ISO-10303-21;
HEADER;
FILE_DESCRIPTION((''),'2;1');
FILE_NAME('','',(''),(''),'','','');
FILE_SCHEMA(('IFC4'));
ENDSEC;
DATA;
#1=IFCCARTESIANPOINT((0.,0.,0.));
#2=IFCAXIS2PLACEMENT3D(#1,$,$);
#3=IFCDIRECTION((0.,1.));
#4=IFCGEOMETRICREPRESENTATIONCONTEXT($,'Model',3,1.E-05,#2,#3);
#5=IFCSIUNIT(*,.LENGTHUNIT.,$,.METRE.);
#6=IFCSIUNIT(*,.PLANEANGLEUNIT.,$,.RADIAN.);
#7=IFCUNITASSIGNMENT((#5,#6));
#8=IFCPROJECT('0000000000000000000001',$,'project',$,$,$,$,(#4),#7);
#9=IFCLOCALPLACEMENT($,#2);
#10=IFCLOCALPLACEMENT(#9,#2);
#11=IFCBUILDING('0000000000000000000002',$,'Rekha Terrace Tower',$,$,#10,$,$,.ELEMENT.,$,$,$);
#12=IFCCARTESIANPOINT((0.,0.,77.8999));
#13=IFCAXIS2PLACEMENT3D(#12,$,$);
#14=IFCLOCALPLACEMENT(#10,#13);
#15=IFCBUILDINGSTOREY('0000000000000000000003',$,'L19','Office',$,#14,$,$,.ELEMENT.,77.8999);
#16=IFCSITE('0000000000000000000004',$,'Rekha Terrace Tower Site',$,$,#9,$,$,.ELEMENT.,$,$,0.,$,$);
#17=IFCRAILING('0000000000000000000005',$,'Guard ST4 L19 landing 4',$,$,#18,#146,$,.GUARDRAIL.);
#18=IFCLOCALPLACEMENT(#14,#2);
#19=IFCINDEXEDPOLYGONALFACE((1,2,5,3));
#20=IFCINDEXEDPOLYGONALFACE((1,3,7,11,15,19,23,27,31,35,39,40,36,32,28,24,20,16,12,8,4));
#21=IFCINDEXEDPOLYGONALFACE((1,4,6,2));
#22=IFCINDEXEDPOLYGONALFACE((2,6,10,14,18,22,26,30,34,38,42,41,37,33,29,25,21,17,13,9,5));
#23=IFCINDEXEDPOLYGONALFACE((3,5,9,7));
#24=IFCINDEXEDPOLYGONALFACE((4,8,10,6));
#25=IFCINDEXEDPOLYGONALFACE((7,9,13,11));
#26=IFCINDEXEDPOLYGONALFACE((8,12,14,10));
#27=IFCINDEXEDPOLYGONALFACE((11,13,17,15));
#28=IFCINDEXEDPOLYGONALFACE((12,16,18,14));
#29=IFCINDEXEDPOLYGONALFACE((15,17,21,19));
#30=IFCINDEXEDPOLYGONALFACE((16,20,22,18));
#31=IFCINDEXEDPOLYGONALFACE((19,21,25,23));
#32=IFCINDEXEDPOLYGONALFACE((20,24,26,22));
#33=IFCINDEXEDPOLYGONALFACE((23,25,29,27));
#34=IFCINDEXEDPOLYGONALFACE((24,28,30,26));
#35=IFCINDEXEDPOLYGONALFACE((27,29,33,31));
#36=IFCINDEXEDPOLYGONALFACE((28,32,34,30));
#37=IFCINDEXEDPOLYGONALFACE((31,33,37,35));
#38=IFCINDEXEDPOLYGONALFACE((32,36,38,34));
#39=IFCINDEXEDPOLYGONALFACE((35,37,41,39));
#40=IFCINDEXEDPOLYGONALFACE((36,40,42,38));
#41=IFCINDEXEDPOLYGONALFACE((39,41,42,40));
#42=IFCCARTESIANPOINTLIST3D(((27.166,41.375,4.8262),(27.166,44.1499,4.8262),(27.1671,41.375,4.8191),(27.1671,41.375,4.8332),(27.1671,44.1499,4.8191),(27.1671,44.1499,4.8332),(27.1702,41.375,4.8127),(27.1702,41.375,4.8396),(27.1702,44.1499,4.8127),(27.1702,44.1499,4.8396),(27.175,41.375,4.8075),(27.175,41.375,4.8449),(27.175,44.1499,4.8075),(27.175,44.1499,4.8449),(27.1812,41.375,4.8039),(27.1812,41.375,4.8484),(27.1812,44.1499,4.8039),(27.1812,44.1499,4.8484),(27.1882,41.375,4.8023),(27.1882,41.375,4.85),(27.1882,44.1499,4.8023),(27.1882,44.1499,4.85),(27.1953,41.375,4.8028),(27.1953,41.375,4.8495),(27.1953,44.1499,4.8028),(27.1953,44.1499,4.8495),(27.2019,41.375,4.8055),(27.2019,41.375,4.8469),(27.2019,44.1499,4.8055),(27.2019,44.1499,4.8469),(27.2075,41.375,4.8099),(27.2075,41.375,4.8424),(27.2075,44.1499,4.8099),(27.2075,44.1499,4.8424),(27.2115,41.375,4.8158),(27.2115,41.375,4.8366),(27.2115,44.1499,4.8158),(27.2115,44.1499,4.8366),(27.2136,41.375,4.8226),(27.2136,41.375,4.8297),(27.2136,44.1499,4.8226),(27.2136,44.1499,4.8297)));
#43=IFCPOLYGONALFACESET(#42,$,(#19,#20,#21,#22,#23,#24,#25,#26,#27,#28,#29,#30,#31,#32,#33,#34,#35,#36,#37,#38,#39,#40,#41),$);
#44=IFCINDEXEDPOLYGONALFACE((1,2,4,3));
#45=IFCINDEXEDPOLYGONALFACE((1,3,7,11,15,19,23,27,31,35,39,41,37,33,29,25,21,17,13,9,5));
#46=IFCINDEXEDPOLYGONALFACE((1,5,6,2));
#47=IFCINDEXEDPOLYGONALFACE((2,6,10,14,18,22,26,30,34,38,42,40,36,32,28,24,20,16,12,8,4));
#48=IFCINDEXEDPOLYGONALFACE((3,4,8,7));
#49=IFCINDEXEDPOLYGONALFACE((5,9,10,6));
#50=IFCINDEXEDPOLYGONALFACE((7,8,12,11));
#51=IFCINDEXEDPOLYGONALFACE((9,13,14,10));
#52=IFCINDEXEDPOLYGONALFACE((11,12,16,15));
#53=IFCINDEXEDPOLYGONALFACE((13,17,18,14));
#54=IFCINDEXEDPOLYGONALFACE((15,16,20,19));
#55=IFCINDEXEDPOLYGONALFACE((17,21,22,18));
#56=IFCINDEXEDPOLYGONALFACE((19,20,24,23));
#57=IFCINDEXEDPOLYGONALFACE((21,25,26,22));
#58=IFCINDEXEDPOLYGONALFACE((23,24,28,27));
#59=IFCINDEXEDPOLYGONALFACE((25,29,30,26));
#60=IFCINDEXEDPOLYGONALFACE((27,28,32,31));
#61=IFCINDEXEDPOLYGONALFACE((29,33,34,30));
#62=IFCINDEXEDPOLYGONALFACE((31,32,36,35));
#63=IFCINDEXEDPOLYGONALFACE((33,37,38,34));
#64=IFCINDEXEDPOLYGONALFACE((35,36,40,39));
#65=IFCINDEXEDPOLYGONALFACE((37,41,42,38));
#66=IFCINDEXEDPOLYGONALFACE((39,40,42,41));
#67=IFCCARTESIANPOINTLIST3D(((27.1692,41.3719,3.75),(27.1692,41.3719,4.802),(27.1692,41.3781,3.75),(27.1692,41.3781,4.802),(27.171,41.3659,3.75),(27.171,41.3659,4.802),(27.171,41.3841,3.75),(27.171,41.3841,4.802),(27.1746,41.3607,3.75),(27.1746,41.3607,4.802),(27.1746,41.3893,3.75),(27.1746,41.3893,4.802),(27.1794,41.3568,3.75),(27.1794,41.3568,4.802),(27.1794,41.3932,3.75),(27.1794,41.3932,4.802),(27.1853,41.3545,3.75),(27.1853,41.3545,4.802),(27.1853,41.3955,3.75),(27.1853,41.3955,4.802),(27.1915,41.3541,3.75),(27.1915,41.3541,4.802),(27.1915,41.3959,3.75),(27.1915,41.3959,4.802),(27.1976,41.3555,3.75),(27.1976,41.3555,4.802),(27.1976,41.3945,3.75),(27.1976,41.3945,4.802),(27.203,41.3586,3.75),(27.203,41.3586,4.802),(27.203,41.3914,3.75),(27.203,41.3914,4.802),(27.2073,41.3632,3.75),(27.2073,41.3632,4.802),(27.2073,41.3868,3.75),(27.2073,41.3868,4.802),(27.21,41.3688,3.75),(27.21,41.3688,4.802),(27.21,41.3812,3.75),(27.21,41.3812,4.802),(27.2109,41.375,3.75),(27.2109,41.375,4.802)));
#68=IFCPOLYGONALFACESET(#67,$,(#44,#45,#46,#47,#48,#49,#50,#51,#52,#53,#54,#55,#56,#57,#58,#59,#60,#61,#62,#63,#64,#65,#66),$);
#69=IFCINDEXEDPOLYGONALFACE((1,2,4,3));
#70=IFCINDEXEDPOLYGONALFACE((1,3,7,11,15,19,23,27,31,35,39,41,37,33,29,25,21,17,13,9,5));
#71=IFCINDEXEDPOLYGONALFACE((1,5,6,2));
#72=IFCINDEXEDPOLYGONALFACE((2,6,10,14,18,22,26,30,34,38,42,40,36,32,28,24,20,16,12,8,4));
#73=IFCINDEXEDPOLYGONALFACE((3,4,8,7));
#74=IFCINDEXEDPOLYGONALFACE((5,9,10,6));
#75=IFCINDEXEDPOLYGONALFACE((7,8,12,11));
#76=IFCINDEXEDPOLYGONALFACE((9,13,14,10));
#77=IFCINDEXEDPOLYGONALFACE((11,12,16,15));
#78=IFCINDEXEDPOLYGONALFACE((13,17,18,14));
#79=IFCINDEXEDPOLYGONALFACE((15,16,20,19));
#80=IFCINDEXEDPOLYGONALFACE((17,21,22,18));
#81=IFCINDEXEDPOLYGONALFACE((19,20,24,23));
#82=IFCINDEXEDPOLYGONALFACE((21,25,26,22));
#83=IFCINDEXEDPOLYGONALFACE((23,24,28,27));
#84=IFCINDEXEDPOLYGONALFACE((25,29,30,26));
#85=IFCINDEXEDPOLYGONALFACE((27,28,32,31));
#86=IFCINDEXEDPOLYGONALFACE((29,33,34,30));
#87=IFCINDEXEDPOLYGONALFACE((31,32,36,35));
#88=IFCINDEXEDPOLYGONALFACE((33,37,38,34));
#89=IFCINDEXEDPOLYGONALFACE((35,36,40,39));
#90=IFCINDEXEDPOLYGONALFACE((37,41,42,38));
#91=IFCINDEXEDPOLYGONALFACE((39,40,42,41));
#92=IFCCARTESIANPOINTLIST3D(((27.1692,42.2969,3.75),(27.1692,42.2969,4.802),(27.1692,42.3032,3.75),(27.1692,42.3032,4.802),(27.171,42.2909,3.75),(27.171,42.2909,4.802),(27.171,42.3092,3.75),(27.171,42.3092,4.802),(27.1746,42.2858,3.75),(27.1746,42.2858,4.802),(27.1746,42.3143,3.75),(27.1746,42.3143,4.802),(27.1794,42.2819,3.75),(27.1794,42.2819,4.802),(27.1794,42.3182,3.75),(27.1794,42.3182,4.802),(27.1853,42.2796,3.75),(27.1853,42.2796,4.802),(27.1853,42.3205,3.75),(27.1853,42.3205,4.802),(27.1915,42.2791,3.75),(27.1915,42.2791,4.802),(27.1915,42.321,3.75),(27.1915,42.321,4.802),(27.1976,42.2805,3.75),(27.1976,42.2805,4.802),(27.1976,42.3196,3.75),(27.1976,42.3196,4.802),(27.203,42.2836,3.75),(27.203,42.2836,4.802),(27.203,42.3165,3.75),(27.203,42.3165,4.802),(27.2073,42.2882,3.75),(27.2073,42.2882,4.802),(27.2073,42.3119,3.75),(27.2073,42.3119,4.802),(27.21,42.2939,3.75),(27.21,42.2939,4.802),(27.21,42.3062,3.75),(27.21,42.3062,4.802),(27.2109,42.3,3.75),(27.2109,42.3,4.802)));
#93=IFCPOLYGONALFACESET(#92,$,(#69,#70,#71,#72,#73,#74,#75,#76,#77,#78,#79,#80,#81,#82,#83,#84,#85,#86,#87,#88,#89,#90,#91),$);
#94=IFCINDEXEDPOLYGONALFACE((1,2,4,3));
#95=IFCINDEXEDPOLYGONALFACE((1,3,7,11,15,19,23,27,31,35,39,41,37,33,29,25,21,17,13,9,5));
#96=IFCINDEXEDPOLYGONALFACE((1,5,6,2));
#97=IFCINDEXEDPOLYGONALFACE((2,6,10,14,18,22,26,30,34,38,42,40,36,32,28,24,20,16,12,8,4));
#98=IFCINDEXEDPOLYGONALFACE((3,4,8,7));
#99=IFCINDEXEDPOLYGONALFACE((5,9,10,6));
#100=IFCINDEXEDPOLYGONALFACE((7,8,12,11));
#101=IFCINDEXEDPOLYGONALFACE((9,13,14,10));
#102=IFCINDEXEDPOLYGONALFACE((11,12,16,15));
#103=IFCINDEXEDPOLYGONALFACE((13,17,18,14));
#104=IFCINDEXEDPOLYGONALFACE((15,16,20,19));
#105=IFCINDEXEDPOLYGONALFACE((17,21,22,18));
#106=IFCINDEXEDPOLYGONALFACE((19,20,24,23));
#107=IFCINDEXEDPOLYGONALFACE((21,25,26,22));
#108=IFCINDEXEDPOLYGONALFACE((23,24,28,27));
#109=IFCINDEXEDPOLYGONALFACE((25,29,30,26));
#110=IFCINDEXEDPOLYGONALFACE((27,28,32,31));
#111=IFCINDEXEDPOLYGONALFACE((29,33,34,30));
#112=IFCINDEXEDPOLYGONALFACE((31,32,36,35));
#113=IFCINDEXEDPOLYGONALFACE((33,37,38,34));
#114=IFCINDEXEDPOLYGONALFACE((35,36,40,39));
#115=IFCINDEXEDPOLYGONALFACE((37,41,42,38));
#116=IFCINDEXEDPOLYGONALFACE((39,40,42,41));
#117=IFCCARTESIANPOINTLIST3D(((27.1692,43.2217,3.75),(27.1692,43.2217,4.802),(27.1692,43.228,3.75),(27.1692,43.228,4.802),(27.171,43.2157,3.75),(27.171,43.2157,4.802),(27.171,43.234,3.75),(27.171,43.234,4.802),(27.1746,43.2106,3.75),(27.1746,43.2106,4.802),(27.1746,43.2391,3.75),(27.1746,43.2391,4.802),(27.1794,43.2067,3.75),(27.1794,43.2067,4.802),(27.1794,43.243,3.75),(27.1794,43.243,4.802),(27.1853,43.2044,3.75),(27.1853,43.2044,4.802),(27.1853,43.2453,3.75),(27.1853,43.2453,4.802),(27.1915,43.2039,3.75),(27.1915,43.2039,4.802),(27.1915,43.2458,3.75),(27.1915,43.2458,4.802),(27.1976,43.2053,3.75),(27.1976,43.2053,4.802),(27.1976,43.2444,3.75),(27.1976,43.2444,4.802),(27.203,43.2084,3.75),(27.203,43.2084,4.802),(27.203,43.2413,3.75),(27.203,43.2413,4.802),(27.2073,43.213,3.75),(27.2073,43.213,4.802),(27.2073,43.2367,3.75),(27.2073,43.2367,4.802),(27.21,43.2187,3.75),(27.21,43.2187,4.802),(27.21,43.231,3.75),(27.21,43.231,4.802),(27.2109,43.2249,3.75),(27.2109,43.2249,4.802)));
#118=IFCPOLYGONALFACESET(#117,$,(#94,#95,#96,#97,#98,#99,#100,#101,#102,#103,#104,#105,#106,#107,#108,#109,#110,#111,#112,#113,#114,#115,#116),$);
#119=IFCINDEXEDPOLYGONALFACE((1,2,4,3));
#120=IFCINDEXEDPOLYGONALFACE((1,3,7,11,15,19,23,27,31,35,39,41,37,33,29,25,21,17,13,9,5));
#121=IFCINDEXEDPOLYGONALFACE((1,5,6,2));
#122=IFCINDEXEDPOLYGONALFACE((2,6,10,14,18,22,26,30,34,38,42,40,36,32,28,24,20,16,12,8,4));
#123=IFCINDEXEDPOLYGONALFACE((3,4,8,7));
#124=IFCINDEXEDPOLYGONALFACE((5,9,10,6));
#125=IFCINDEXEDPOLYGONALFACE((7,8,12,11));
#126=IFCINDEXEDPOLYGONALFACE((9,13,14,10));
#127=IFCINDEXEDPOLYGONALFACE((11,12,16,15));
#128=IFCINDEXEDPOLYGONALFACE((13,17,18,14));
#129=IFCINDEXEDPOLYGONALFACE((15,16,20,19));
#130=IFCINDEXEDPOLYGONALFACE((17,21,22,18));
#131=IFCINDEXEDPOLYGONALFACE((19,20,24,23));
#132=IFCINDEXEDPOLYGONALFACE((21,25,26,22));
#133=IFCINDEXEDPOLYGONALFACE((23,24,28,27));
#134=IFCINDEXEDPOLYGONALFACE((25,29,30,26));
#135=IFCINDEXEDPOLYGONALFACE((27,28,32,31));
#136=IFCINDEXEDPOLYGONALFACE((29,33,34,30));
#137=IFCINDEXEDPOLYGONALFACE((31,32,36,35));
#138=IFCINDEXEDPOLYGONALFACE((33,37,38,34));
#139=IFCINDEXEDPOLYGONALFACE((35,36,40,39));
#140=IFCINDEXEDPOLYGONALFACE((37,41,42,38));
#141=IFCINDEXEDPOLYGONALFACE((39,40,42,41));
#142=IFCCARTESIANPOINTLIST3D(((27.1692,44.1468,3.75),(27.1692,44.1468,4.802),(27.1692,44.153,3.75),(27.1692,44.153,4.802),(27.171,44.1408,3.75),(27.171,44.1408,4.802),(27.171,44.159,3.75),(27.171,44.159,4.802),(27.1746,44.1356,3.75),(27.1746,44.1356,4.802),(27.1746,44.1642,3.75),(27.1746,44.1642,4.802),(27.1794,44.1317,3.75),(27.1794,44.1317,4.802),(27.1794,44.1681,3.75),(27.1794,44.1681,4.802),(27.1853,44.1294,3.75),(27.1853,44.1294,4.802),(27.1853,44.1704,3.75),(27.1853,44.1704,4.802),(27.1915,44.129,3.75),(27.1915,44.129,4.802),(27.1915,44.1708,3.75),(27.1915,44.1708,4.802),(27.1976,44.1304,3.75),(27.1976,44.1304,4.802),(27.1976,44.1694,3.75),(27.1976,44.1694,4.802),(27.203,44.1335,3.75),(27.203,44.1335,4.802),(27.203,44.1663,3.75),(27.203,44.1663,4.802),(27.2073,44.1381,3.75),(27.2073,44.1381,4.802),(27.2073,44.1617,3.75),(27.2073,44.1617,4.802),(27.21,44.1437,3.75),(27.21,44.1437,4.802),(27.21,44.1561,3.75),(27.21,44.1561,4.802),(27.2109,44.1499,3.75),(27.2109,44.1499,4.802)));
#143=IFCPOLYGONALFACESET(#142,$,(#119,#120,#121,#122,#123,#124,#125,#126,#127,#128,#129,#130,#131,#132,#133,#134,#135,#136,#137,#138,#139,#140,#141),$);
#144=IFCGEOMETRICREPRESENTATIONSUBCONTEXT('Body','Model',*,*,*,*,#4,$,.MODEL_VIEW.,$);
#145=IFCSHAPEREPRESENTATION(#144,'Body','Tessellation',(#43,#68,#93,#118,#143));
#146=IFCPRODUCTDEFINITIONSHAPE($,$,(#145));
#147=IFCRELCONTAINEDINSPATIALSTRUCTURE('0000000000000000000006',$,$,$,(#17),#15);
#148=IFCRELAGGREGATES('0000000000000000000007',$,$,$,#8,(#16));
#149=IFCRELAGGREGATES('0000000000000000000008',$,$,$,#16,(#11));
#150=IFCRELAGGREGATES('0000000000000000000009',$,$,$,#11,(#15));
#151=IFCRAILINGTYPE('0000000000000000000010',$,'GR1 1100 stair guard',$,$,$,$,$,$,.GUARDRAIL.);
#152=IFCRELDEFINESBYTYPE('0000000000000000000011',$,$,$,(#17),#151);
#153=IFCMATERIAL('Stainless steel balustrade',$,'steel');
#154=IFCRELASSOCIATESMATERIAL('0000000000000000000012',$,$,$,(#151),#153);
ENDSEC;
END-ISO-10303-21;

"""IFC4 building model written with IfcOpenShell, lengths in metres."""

from ifc_helpers import new_model, si_unit, direction, frame, origin, origin_2d, place, context, subcontext, project, spatial, circle, extrude, material, type_object, element, save


model = new_model("IFC4")

# Units and contexts
model_context = context("Model", 3, precision=1e-05, world=origin(), true_north=direction((0.0, 1.0)))
body_context = subcontext(model_context, "Body", "Model", "MODEL_VIEW")
ifc_project = project(units=[si_unit("LENGTHUNIT", "METRE"), si_unit("PLANEANGLEUNIT", "RADIAN")], contexts=[model_context])

# Site, building, storey
site_placement = place(None, origin())
site = spatial("IfcSite", under=ifc_project, at=site_placement, Name="Rekha Terrace Tower Site", CompositionType="ELEMENT", RefElevation=0.0)
building_placement = place(site_placement, origin())
building = spatial("IfcBuilding", under=site, at=building_placement, Name="Rekha Terrace Tower", CompositionType="ELEMENT")
storey_placement = place(building_placement, frame((0.0, 0.0, 77.8999)))
storey = spatial("IfcBuildingStorey", under=building, at=storey_placement, Name="L19", Description="Office", CompositionType="ELEMENT", Elevation=77.8999)

# Railing
ifc_material_1 = material(Name="Stainless steel balustrade", Category="steel")
railing_type_1 = type_object("IfcRailingType", Name="GR1 1100 stair guard", PredefinedType="GUARDRAIL", material=ifc_material_1)
railing_1_placement = place(storey_placement, frame((27.1899, 41.375, 3.75)))
element("IfcRailing", 1, at=railing_1_placement, inside=storey, type_object=railing_type_1, Name="Guard ST4 L19 landing 4", PredefinedType="GUARDRAIL", context=body_context, shape_type="SweptSolid", body=[
    extrude(circle(Radius=0.0239, at=origin_2d()), frame((0.0, 0.0, 1.0762), z_axis=(0.0, 1.0, 0.0), x_axis=(-1.0, 0.0, 0.0)), (0.0, 0.0, 1.0), 2.7749),
    extrude(circle(Radius=0.021, at=origin_2d()), origin(), (0.0, 0.0, 1.0), 1.052),
    extrude(circle(Radius=0.021, at=origin_2d()), frame((0.0, 0.925, 0.0)), (0.0, 0.0, 1.0), 1.052),
    extrude(circle(Radius=0.021, at=origin_2d()), frame((0.0, 1.8499, 0.0)), (0.0, 0.0, 1.0), 1.052),
    extrude(circle(Radius=0.021, at=origin_2d()), frame((0.0, 2.7749, 0.0)), (0.0, 0.0, 1.0), 1.052),
])

save(model, "model.ifc")
